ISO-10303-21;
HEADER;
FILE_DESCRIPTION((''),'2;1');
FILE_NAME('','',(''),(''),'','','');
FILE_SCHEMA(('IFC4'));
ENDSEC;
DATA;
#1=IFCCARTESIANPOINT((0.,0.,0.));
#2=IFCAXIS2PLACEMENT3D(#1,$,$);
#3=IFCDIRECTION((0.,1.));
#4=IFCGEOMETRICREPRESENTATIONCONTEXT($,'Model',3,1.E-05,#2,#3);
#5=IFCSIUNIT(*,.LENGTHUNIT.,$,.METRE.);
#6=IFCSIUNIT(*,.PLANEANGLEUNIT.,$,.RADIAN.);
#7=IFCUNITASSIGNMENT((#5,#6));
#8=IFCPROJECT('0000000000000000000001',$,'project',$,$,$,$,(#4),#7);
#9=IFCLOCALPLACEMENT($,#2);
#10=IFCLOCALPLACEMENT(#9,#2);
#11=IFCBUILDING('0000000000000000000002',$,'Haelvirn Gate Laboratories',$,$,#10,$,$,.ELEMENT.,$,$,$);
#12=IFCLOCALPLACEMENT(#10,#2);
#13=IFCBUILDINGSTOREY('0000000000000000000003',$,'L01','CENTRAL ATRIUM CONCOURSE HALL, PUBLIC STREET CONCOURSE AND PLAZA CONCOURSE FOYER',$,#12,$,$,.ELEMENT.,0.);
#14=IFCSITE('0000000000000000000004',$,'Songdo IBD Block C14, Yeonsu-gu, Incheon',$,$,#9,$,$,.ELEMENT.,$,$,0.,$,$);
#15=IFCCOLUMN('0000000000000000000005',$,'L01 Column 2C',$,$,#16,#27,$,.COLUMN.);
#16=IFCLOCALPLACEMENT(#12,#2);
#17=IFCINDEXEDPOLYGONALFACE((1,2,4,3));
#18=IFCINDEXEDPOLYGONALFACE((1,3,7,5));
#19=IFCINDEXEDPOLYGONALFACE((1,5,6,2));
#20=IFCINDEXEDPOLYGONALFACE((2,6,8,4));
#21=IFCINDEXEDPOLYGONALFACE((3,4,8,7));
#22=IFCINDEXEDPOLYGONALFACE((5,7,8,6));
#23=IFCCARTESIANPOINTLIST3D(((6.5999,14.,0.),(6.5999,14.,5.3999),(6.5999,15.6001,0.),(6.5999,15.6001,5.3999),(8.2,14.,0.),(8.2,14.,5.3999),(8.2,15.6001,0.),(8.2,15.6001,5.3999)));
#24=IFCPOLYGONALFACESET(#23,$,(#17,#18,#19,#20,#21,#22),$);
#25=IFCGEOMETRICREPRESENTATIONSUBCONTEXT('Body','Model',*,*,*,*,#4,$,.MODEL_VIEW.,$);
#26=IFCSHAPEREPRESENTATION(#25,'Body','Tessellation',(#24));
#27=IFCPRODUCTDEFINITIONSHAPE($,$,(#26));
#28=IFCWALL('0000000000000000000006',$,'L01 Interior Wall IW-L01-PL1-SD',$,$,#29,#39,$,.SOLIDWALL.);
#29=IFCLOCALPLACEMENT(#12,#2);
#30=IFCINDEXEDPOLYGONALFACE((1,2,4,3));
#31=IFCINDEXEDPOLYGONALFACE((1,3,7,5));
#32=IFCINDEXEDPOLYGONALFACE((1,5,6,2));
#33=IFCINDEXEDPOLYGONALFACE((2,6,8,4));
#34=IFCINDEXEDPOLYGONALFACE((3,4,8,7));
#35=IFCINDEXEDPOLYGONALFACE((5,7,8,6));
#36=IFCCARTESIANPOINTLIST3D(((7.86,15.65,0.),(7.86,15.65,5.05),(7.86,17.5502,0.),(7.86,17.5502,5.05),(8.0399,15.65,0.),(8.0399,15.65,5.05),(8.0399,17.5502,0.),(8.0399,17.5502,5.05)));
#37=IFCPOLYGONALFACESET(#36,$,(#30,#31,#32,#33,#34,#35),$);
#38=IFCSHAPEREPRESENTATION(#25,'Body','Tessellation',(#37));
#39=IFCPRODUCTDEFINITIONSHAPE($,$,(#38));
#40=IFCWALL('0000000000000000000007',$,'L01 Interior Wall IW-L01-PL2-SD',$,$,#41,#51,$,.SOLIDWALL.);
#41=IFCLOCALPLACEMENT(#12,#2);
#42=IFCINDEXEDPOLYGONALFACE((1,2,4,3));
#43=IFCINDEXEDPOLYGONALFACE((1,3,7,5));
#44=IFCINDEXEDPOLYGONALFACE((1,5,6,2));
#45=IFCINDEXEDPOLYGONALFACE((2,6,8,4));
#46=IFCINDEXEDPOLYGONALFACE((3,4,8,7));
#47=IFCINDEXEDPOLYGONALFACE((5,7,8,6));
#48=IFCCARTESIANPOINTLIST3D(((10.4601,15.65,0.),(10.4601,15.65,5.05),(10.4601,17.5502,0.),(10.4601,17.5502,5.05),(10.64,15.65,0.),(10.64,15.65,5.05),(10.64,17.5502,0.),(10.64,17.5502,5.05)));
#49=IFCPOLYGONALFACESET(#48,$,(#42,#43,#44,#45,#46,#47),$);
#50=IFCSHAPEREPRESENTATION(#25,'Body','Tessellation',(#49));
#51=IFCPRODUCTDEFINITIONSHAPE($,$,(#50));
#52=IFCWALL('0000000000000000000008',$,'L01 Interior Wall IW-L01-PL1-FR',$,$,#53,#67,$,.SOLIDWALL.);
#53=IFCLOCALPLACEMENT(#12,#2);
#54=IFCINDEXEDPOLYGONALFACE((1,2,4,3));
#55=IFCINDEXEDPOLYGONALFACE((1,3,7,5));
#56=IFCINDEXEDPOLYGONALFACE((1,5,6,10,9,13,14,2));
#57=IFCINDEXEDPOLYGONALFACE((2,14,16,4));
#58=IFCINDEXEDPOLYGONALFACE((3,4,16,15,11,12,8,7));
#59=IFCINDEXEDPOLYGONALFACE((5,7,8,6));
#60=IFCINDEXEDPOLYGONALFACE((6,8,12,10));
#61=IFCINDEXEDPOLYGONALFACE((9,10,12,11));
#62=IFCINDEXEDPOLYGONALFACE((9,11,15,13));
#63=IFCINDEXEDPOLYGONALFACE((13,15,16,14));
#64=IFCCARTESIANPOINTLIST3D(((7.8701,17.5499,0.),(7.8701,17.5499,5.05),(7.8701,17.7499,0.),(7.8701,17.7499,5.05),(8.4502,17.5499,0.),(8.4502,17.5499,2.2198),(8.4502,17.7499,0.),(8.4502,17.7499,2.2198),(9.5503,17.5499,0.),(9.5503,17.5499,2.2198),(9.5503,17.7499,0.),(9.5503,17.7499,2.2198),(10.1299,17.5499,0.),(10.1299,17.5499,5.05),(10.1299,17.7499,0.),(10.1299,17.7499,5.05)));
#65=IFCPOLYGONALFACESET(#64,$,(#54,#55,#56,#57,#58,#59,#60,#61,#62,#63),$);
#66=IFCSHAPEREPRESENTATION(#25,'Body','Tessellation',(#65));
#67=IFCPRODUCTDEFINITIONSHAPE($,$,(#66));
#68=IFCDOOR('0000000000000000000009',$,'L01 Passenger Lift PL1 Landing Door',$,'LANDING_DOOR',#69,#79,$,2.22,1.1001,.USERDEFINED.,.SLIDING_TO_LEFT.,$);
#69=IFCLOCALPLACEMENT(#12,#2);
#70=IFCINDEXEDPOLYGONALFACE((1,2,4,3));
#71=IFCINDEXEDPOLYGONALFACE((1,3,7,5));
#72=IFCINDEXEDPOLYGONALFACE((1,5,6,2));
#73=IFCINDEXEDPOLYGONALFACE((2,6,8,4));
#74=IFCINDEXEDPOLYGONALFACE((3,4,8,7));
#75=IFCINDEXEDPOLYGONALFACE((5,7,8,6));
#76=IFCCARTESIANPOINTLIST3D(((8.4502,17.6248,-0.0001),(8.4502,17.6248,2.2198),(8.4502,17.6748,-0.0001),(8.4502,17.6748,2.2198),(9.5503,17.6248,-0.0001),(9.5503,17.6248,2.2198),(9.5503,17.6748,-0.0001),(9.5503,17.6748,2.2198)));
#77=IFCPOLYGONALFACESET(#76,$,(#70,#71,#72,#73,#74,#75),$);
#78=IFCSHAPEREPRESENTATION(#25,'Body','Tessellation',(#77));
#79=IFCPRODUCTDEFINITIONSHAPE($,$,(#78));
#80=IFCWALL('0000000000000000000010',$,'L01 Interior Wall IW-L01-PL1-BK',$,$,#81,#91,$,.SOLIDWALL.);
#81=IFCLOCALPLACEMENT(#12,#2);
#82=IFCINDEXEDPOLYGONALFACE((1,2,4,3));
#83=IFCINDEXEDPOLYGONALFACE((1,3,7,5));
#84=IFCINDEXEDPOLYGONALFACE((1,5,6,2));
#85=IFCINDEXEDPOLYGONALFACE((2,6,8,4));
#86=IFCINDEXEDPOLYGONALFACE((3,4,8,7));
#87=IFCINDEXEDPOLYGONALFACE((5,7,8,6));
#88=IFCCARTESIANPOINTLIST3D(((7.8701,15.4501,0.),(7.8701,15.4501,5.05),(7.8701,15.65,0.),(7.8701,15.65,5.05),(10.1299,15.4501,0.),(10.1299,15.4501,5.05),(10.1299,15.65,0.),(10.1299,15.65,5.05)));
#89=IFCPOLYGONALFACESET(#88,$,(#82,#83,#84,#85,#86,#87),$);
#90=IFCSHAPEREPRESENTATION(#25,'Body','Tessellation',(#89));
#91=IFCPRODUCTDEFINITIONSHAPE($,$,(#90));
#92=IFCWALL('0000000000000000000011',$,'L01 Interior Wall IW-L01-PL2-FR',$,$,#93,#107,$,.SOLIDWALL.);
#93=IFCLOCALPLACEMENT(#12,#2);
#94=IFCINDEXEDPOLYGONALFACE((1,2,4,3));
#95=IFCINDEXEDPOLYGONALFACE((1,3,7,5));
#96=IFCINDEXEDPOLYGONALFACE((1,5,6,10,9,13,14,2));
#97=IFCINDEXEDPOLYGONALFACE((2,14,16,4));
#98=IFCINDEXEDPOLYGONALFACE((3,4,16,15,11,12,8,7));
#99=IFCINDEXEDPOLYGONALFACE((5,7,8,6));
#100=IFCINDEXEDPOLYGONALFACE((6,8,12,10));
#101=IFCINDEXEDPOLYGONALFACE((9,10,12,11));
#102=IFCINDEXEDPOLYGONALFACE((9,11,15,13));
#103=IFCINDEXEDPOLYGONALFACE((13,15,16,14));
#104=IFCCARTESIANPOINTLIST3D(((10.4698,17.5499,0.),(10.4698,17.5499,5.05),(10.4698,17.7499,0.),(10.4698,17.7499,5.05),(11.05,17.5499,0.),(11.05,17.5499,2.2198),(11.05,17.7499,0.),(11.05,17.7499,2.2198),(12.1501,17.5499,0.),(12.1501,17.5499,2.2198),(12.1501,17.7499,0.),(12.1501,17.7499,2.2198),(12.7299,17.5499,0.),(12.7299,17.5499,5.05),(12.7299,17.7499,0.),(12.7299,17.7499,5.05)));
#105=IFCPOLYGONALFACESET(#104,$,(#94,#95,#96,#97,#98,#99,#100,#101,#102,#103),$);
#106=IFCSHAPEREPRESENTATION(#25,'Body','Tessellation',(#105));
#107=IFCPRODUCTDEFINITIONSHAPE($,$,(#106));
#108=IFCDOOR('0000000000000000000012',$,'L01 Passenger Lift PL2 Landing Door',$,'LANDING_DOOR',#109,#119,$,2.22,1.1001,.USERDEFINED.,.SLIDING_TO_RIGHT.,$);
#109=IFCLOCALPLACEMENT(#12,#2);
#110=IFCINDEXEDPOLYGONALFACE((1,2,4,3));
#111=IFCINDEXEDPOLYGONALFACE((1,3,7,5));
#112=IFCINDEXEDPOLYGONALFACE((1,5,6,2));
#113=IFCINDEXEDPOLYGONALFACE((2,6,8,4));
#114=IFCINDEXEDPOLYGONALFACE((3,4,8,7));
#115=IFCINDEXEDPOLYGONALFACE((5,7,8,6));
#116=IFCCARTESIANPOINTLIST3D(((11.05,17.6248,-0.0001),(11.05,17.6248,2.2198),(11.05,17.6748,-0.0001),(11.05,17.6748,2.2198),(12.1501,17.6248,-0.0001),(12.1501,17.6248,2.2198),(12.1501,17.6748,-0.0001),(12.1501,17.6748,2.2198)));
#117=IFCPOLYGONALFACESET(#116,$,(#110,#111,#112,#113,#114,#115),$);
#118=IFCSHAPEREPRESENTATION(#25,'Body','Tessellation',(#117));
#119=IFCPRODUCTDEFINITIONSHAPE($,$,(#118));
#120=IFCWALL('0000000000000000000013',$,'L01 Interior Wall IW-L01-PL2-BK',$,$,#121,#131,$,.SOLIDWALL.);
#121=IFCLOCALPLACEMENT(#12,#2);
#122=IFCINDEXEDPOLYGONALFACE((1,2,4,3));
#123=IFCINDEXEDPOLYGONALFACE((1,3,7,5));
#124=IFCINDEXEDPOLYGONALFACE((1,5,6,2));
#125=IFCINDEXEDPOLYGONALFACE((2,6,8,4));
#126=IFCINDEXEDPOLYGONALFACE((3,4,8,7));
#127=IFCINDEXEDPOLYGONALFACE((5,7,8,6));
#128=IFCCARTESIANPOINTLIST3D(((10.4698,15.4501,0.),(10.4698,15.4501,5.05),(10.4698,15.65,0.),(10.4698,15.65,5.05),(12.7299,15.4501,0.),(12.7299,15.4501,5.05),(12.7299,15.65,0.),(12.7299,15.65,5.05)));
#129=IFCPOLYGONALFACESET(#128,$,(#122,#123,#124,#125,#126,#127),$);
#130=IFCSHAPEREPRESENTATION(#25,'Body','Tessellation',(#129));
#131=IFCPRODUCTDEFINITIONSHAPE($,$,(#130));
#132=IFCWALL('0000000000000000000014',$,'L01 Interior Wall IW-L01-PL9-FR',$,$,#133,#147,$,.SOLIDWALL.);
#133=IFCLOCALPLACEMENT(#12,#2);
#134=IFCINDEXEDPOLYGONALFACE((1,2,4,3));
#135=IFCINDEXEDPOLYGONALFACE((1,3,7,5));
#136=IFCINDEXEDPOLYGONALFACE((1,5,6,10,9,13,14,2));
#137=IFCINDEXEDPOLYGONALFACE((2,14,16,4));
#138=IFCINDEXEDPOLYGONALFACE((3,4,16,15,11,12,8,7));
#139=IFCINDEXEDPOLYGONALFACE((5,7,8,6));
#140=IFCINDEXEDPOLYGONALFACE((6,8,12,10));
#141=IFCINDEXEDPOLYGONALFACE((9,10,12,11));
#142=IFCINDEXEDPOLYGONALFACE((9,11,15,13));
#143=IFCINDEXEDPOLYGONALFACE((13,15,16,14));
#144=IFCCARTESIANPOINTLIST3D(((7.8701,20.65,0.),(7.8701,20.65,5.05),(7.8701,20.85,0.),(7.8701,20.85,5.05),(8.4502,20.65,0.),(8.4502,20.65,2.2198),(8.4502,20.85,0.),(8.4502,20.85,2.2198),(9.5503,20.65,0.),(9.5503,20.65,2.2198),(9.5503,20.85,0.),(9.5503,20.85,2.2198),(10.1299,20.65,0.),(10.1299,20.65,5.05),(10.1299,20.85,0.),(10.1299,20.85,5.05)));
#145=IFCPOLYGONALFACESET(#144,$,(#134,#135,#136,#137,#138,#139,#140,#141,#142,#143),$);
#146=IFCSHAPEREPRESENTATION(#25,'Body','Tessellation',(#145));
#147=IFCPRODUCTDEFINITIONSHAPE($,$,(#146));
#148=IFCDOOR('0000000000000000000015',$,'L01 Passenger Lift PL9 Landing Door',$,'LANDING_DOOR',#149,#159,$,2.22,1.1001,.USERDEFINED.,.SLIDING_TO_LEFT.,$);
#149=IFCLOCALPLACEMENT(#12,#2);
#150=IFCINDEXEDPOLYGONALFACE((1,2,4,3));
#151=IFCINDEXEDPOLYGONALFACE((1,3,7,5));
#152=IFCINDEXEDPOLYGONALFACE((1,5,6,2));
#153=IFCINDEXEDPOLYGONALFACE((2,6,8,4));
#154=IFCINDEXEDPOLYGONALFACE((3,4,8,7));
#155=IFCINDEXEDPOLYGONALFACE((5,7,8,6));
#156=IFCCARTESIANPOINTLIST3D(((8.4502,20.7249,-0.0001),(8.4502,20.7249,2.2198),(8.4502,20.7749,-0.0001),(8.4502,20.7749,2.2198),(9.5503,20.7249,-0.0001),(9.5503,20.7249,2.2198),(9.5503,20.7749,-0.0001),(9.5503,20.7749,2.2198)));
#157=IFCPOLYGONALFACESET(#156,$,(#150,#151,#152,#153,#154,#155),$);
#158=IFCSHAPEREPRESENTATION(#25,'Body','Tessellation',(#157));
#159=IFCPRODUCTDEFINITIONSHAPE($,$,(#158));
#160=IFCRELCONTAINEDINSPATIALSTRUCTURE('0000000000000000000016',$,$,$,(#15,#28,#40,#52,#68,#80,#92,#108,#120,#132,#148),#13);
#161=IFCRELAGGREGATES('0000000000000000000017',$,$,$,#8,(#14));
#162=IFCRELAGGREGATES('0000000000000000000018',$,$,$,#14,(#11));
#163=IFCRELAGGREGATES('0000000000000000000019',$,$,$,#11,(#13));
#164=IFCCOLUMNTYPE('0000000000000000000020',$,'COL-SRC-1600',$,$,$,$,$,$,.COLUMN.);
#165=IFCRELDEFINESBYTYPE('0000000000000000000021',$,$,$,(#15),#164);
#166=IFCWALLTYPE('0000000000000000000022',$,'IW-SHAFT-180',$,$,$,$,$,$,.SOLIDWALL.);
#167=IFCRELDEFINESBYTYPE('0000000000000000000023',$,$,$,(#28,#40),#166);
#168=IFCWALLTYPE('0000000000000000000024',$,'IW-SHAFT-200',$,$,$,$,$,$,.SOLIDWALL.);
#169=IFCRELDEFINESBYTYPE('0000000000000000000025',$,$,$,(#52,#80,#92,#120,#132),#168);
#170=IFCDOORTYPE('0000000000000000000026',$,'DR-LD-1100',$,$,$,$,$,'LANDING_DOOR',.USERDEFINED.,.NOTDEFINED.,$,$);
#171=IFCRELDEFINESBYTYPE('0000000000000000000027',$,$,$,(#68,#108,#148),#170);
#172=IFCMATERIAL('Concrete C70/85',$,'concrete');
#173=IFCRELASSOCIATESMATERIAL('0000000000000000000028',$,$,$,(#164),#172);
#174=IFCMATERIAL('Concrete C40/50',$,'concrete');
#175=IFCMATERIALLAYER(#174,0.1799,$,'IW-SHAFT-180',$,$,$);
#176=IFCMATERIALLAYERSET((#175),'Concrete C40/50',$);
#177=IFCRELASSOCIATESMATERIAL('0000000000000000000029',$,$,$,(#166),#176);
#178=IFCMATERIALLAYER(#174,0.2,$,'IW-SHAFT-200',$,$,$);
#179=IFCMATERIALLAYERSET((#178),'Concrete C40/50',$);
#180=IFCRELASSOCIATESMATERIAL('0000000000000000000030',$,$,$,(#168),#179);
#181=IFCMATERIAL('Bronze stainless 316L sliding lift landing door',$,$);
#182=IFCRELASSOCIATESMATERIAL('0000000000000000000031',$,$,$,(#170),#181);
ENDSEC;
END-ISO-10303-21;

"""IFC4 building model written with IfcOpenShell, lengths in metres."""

from ifc_helpers import new_model, si_unit, direction, frame, frame_2d, origin, origin_2d, place, context, subcontext, project, spatial, rectangle, extrude, source, transform, mapped, material, layer, layer_set, material_profile, profile_set, type_object, type_shapes, element, fill, save


model = new_model("IFC4")

# Units and contexts
model_context = context("Model", 3, precision=1e-05, world=origin(), true_north=direction((0.0, 1.0)))
body_context = subcontext(model_context, "Body", "Model", "MODEL_VIEW")
ifc_project = project(units=[si_unit("LENGTHUNIT", "METRE"), si_unit("PLANEANGLEUNIT", "RADIAN")], contexts=[model_context])

# Site, building, storey
site_placement = place(None, origin())
site = spatial("IfcSite", under=ifc_project, at=site_placement, Name="Songdo IBD Block C14, Yeonsu-gu, Incheon", CompositionType="ELEMENT", RefElevation=0.0)
building_placement = place(site_placement, origin())
building = spatial("IfcBuilding", under=site, at=building_placement, Name="Haelvirn Gate Laboratories", CompositionType="ELEMENT")
storey_placement = place(building_placement, origin())
storey = spatial("IfcBuildingStorey", under=building, at=storey_placement, Name="L01", Description="CENTRAL ATRIUM CONCOURSE HALL, PUBLIC STREET CONCOURSE AND PLAZA CONCOURSE FOYER", CompositionType="ELEMENT", Elevation=0.0)

# Column
ifc_material_1 = material(Name="Concrete C70/85", Category="concrete")
ifc_material_profile = material_profile(ifc_material_1, rectangle(XDim=1.6001, YDim=1.6001, at=origin_2d()), Name="SRC-1600x1600")
ifc_profile_set = profile_set([ifc_material_profile], Name="Concrete C70/85")
column_type = type_object("IfcColumnType", Name="COL-SRC-1600", PredefinedType="COLUMN", material=ifc_profile_set)
shared_shape_1 = source(origin(), body_context, "Body", "SweptSolid", [
    extrude(rectangle(XDim=1.6001, YDim=1.6001, at=origin_2d()), origin(), (0.0, 0.0, 1.0), 5.3999),
])
type_shapes(column_type, [shared_shape_1])
column_placement = place(storey_placement, frame((7.3999, 14.8, 0.0), z_axis=(0.0, 0.0, 1.0), x_axis=(1.0, 0.0, 0.0)))
element("IfcColumn", 1, at=column_placement, inside=storey, type_object=column_type, Name="L01 Column 2C", PredefinedType="COLUMN", context=body_context, shape_type="MappedRepresentation", body=[
    mapped(shared_shape_1, transform((0.0, 0.0, 0.0), scale=1.0)),
])

# Walls
ifc_material_2 = material(Name="Concrete C40/50", Category="concrete")
ifc_layer_1 = layer(ifc_material_2, 0.1799, Name="IW-SHAFT-180")
ifc_layer_set_1 = layer_set([ifc_layer_1], Name="Concrete C40/50")
wall_type_1 = type_object("IfcWallType", Name="IW-SHAFT-180", PredefinedType="SOLIDWALL", material=ifc_layer_set_1)
for number, where, z_axis, x_axis, name in (
    (2, (7.95, 15.6499, 0.0), (0.0, 0.0, 1.0), (0.0, 1.0, 0.0), "L01 Interior Wall IW-L01-PL1-SD"),
    (3, (10.55, 15.6499, 0.0), (0.0, 0.0, 1.0), (0.0, 1.0, 0.0), "L01 Interior Wall IW-L01-PL2-SD"),
):
    element("IfcWall", number, at=place(storey_placement, frame(where, z_axis=z_axis, x_axis=x_axis)), inside=storey, type_object=wall_type_1, Name=name, PredefinedType="SOLIDWALL", context=body_context, shape_type="SweptSolid", body=[
        extrude(rectangle(XDim=1.9001, YDim=0.1799, at=frame_2d((0.9502, 0.0))), origin(), (0.0, 0.0, 1.0), 5.05),
    ])

# Wall, opening, door
ifc_layer_2 = layer(ifc_material_2, 0.2, Name="IW-SHAFT-200")
ifc_layer_set_2 = layer_set([ifc_layer_2], Name="Concrete C40/50")
wall_type_2 = type_object("IfcWallType", Name="IW-SHAFT-200", PredefinedType="SOLIDWALL", material=ifc_layer_set_2)
wall_1_placement = place(storey_placement, frame((7.8701, 17.6499, 0.0), z_axis=(0.0, 0.0, 1.0), x_axis=(1.0, 0.0, 0.0)))
wall_1 = element("IfcWall", 4, at=wall_1_placement, inside=storey, type_object=wall_type_2, Name="L01 Interior Wall IW-L01-PL1-FR", PredefinedType="SOLIDWALL", context=body_context, shape_type="SweptSolid", body=[
    extrude(rectangle(XDim=2.2598, YDim=0.2, at=frame_2d((1.1299, 0.0))), origin(), (0.0, 0.0, 1.0), 5.05),
])
opening_1_placement = place(wall_1_placement, frame((0.5801, 0.0, 0.0)))
opening_1 = element("IfcOpeningElement", 5, at=opening_1_placement, cuts=wall_1, PredefinedType="OPENING", context=body_context, shape_type="SweptSolid", body=[
    extrude(rectangle(XDim=1.1001, YDim=2.22, at=frame_2d((0.55, 1.1099))), frame((0.0, 0.1099, 0.0), z_axis=(0.0, -1.0, 0.0), x_axis=(1.0, 0.0, 0.0)), (0.0, 0.0, 1.0), 0.22),
])
ifc_material_3 = material(Name="Bronze stainless 316L sliding lift landing door")
door_type_1 = type_object("IfcDoorType", Name="DR-LD-1100", ElementType="LANDING_DOOR", OperationType="NOTDEFINED", PredefinedType="USERDEFINED", material=ifc_material_3)
shared_shape_2 = source(origin(), body_context, "Body", "SweptSolid", [
    extrude(rectangle(XDim=1.1001, YDim=2.22, at=frame_2d((0.55, 1.1099))), frame((0.0, 0.0249, 0.0), z_axis=(0.0, -1.0, 0.0), x_axis=(1.0, 0.0, 0.0)), (0.0, 0.0, 1.0), 0.05),
])
type_shapes(door_type_1, [shared_shape_2])
door_1_placement = place(opening_1_placement, origin())
door_1 = element("IfcDoor", 6, at=door_1_placement, inside=storey, type_object=door_type_1, Name="L01 Passenger Lift PL1 Landing Door", ObjectType="LANDING_DOOR", OperationType="SLIDING_TO_LEFT", OverallHeight=2.22, OverallWidth=1.1001, PredefinedType="USERDEFINED", context=body_context, shape_type="MappedRepresentation", body=[
    mapped(shared_shape_2, transform((0.0, 0.0, 0.0), scale=1.0)),
])
fill(opening_1, door_1)

# Wall
wall_2_placement = place(storey_placement, frame((7.8701, 15.55, 0.0), z_axis=(0.0, 0.0, 1.0), x_axis=(1.0, 0.0, 0.0)))
element("IfcWall", 7, at=wall_2_placement, inside=storey, type_object=wall_type_2, Name="L01 Interior Wall IW-L01-PL1-BK", PredefinedType="SOLIDWALL", context=body_context, shape_type="SweptSolid", body=[
    extrude(rectangle(XDim=2.2598, YDim=0.2, at=frame_2d((1.1299, 0.0))), origin(), (0.0, 0.0, 1.0), 5.05),
])

# Wall, opening, door
wall_3_placement = place(storey_placement, frame((10.47, 17.6499, 0.0), z_axis=(0.0, 0.0, 1.0), x_axis=(1.0, 0.0, 0.0)))
wall_3 = element("IfcWall", 8, at=wall_3_placement, inside=storey, type_object=wall_type_2, Name="L01 Interior Wall IW-L01-PL2-FR", PredefinedType="SOLIDWALL", context=body_context, shape_type="SweptSolid", body=[
    extrude(rectangle(XDim=2.26, YDim=0.2, at=frame_2d((1.1299, 0.0))), origin(), (0.0, 0.0, 1.0), 5.05),
])
opening_2_placement = place(wall_3_placement, frame((0.5801, 0.0, 0.0)))
opening_2 = element("IfcOpeningElement", 9, at=opening_2_placement, cuts=wall_3, PredefinedType="OPENING", context=body_context, shape_type="SweptSolid", body=[
    extrude(rectangle(XDim=1.1001, YDim=2.22, at=frame_2d((0.55, 1.1099))), frame((0.0, 0.1099, 0.0), z_axis=(0.0, -1.0, 0.0), x_axis=(1.0, 0.0, 0.0)), (0.0, 0.0, 1.0), 0.22),
])
door_2_placement = place(opening_2_placement, origin())
door_2 = element("IfcDoor", 10, at=door_2_placement, inside=storey, type_object=door_type_1, Name="L01 Passenger Lift PL2 Landing Door", ObjectType="LANDING_DOOR", OperationType="SLIDING_TO_RIGHT", OverallHeight=2.22, OverallWidth=1.1001, PredefinedType="USERDEFINED", context=body_context, shape_type="MappedRepresentation", body=[
    mapped(shared_shape_2, transform((0.0, 0.0, 0.0), scale=1.0)),
])
fill(opening_2, door_2)

# Wall
wall_4_placement = place(storey_placement, frame((10.47, 15.55, 0.0), z_axis=(0.0, 0.0, 1.0), x_axis=(1.0, 0.0, 0.0)))
element("IfcWall", 11, at=wall_4_placement, inside=storey, type_object=wall_type_2, Name="L01 Interior Wall IW-L01-PL2-BK", PredefinedType="SOLIDWALL", context=body_context, shape_type="SweptSolid", body=[
    extrude(rectangle(XDim=2.26, YDim=0.2, at=frame_2d((1.1299, 0.0))), origin(), (0.0, 0.0, 1.0), 5.05),
])

# Wall, opening, door
wall_5_placement = place(storey_placement, frame((7.8701, 20.75, 0.0), z_axis=(0.0, 0.0, 1.0), x_axis=(1.0, 0.0, 0.0)))
wall_5 = element("IfcWall", 12, at=wall_5_placement, inside=storey, type_object=wall_type_2, Name="L01 Interior Wall IW-L01-PL9-FR", PredefinedType="SOLIDWALL", context=body_context, shape_type="SweptSolid", body=[
    extrude(rectangle(XDim=2.2598, YDim=0.2, at=frame_2d((1.1299, 0.0))), origin(), (0.0, 0.0, 1.0), 5.05),
])
opening_3_placement = place(wall_5_placement, frame((0.5801, 0.0, 0.0)))
opening_3 = element("IfcOpeningElement", 13, at=opening_3_placement, cuts=wall_5, PredefinedType="OPENING", context=body_context, shape_type="SweptSolid", body=[
    extrude(rectangle(XDim=1.1001, YDim=2.22, at=frame_2d((0.55, 1.1099))), frame((0.0, 0.1099, 0.0), z_axis=(0.0, -1.0, 0.0), x_axis=(1.0, 0.0, 0.0)), (0.0, 0.0, 1.0), 0.22),
])
door_3_placement = place(opening_3_placement, origin())
door_3 = element("IfcDoor", 14, at=door_3_placement, inside=storey, type_object=door_type_1, Name="L01 Passenger Lift PL9 Landing Door", ObjectType="LANDING_DOOR", OperationType="SLIDING_TO_LEFT", OverallHeight=2.22, OverallWidth=1.1001, PredefinedType="USERDEFINED", context=body_context, shape_type="MappedRepresentation", body=[
    mapped(shared_shape_2, transform((0.0, 0.0, 0.0), scale=1.0)),
])
fill(opening_3, door_3)

save(model, "model.ifc")
